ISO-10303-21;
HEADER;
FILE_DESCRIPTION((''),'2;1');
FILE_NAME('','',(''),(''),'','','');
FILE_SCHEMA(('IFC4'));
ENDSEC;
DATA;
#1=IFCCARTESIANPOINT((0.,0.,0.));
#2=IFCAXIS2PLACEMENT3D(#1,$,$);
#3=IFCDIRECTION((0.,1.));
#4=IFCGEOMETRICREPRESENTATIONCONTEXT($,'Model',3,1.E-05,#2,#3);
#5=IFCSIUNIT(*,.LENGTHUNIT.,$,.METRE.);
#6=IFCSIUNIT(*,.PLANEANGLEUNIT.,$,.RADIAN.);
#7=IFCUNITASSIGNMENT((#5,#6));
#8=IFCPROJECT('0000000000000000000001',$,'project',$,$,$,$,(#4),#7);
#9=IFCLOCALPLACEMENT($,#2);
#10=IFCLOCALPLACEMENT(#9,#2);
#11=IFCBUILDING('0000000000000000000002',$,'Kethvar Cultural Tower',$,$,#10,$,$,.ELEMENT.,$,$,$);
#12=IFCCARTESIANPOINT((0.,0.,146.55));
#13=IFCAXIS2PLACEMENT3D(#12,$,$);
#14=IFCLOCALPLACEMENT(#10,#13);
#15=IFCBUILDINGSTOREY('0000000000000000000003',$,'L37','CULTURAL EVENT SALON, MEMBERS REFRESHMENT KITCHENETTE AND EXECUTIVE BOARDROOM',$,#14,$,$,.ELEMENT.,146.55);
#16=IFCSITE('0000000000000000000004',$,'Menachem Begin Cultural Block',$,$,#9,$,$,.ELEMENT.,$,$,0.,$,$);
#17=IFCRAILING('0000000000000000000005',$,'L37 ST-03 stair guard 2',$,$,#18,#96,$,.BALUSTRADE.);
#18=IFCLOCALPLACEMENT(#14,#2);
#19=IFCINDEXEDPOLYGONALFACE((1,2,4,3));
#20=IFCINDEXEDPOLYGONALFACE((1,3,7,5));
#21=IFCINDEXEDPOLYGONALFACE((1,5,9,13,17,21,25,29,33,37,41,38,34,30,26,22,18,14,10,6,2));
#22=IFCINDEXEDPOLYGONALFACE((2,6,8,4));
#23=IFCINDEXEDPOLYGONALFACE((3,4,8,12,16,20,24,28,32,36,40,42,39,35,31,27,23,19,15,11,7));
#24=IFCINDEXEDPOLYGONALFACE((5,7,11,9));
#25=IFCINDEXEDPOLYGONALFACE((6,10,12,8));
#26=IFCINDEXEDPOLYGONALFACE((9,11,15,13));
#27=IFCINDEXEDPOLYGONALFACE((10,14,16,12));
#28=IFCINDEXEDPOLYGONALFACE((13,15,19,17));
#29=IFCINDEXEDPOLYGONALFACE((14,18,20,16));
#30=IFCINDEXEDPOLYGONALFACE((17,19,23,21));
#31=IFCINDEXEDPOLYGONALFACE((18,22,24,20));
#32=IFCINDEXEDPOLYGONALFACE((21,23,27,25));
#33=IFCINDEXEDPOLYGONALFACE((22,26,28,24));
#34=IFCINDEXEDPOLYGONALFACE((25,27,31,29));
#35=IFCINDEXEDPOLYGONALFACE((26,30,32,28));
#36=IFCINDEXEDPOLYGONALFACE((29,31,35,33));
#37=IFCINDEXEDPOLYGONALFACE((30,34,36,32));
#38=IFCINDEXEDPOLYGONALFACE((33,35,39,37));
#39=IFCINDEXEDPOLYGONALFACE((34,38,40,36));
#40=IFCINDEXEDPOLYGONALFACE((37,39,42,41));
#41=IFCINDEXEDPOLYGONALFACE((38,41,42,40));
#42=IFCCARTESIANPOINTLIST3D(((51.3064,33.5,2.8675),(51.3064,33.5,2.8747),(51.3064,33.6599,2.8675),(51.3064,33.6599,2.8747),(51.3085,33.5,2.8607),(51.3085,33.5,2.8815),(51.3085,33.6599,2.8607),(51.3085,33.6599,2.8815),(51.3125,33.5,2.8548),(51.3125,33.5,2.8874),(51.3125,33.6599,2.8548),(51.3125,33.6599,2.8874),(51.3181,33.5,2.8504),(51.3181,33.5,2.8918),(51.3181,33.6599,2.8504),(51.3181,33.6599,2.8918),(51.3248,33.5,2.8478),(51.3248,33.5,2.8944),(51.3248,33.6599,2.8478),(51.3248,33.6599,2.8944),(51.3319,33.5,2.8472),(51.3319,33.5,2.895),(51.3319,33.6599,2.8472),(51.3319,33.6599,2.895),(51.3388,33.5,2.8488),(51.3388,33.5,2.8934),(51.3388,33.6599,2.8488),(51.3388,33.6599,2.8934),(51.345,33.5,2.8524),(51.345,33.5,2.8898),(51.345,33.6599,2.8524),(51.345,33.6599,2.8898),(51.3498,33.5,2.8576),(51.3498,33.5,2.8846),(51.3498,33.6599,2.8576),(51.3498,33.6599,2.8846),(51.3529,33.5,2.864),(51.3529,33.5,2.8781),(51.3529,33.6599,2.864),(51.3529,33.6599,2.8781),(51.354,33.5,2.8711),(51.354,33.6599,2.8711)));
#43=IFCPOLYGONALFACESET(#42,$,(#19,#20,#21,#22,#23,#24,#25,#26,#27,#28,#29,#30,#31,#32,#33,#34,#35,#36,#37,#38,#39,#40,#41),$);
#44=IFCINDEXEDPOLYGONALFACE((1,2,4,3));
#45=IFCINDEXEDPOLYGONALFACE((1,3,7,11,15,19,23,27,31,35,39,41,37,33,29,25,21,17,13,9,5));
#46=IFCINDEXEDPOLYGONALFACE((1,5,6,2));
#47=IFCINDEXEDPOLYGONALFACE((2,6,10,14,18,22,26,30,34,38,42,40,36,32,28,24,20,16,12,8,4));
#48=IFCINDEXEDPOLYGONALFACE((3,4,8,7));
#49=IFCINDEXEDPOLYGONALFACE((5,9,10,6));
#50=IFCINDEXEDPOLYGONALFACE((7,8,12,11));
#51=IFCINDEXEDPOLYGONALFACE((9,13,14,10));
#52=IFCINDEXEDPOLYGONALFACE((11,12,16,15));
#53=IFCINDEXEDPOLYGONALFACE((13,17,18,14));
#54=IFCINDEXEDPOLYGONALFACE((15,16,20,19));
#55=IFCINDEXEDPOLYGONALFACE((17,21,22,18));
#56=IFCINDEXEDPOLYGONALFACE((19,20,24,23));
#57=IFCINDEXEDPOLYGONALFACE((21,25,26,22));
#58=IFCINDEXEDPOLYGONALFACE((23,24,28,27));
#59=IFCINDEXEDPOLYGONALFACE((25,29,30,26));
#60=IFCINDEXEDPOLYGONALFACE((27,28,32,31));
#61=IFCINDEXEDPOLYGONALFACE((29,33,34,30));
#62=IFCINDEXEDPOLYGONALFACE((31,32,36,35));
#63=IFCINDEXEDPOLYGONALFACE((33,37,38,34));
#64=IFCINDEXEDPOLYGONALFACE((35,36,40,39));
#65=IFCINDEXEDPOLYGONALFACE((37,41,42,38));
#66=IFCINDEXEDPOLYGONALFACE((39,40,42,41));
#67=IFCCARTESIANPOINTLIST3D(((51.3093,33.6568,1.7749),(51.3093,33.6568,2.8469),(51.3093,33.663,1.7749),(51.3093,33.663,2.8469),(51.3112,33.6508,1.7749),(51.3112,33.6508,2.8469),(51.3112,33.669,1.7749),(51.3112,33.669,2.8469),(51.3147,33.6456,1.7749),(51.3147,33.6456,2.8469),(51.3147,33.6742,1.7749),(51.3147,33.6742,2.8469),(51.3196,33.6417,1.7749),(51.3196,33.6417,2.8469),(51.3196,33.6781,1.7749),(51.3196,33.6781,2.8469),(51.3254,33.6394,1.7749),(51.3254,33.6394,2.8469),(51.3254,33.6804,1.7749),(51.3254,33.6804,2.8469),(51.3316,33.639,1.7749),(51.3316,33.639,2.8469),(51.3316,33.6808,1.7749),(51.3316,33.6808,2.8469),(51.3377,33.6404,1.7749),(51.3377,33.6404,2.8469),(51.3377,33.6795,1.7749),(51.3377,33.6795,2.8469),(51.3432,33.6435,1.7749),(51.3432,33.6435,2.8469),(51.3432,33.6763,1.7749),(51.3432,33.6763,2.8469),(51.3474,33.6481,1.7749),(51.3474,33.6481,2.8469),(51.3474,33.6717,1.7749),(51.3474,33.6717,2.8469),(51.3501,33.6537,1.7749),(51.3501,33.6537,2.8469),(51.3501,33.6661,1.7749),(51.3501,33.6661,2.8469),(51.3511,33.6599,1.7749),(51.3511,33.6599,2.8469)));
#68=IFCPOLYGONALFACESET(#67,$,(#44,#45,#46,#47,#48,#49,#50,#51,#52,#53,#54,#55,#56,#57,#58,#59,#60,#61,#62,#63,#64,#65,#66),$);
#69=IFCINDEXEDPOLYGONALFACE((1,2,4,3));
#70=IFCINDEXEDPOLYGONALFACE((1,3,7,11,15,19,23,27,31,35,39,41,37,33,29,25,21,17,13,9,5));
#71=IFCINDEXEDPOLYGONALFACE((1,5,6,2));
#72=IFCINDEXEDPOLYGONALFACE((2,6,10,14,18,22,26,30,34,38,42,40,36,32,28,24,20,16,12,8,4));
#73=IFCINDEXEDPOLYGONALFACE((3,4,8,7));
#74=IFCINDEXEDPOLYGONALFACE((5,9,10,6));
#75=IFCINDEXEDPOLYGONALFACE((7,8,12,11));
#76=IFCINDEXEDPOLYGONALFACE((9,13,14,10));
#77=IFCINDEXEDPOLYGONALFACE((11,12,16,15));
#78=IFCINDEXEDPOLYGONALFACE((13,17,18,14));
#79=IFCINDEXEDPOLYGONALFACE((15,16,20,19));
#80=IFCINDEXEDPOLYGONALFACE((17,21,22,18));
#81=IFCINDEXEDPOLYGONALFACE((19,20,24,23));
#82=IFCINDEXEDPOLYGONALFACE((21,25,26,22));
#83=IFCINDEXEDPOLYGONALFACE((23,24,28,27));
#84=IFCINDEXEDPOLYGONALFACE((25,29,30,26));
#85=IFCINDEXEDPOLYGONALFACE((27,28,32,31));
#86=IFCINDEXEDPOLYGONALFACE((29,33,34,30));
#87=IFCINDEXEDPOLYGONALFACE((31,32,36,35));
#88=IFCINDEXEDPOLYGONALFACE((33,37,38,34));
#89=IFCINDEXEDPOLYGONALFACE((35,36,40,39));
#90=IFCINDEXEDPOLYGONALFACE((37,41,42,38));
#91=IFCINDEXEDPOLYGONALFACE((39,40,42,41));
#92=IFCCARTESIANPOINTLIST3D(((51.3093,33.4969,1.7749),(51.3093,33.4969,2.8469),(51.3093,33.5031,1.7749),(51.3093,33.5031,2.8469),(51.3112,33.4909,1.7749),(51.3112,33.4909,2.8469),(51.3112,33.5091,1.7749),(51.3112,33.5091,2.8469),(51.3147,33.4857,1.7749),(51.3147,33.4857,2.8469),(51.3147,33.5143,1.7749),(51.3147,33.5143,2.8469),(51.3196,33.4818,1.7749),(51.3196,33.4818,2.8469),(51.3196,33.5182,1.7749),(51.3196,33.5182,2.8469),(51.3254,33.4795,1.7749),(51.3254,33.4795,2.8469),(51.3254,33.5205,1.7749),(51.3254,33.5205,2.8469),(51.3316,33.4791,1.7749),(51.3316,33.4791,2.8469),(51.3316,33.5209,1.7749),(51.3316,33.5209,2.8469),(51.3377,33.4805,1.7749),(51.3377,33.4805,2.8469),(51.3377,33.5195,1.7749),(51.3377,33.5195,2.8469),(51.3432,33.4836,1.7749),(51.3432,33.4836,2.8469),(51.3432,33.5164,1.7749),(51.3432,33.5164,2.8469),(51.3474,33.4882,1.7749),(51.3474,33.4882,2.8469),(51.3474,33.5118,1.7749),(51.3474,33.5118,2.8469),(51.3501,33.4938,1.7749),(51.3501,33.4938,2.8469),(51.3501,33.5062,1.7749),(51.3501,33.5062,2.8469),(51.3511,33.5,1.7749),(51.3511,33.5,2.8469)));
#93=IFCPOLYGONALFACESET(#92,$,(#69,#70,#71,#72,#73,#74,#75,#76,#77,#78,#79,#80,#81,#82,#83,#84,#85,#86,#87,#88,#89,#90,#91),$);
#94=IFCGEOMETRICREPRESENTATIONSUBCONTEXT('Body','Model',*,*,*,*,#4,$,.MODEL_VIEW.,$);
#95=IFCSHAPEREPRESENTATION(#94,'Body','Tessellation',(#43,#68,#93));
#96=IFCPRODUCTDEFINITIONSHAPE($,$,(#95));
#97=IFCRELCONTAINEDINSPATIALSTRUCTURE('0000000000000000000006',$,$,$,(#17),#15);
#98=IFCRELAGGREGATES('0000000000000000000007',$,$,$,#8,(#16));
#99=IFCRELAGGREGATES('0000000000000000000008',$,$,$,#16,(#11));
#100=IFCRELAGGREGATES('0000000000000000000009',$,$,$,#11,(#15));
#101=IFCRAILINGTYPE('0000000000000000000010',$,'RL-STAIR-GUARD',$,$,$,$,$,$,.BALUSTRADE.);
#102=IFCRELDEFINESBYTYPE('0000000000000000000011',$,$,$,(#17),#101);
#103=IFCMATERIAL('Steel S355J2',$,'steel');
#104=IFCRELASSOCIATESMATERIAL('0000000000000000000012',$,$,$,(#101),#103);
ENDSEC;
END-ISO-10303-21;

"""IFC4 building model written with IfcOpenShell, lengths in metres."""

from ifc_helpers import new_model, si_unit, direction, frame, origin, origin_2d, place, context, subcontext, project, spatial, circle, extrude, material, type_object, element, save


model = new_model("IFC4")

# Units and contexts
model_context = context("Model", 3, precision=1e-05, world=origin(), true_north=direction((0.0, 1.0)))
body_context = subcontext(model_context, "Body", "Model", "MODEL_VIEW")
ifc_project = project(units=[si_unit("LENGTHUNIT", "METRE"), si_unit("PLANEANGLEUNIT", "RADIAN")], contexts=[model_context])

# Site, building, storey
site_placement = place(None, origin())
site = spatial("IfcSite", under=ifc_project, at=site_placement, Name="Menachem Begin Cultural Block", CompositionType="ELEMENT", RefElevation=0.0)
building_placement = place(site_placement, origin())
building = spatial("IfcBuilding", under=site, at=building_placement, Name="Kethvar Cultural Tower", CompositionType="ELEMENT")
storey_placement = place(building_placement, frame((0.0, 0.0, 146.55)))
storey = spatial("IfcBuildingStorey", under=building, at=storey_placement, Name="L37", Description="CULTURAL EVENT SALON, MEMBERS REFRESHMENT KITCHENETTE AND EXECUTIVE BOARDROOM", CompositionType="ELEMENT", Elevation=146.55)

# Shared definitions
ifc_material_1 = material(Name="Steel S355J2", Category="steel")

# Railing
railing_type_1 = type_object("IfcRailingType", Name="RL-STAIR-GUARD", PredefinedType="BALUSTRADE", material=ifc_material_1)
railing_1_placement = place(storey_placement, frame((51.3301, 33.6599, 1.7749)))
element("IfcRailing", 1, at=railing_1_placement, inside=storey, type_object=railing_type_1, Name="L37 ST-03 stair guard 2", PredefinedType="BALUSTRADE", context=body_context, shape_type="SweptSolid", body=[
    extrude(circle(Radius=0.0239, at=origin_2d()), frame((0.0, 0.0, 1.0962), z_axis=(0.0, -1.0, 0.0), x_axis=(1.0, 0.0, 0.0)), (0.0, 0.0, 1.0), 0.1599),
    extrude(circle(Radius=0.021, at=origin_2d()), origin(), (0.0, 0.0, 1.0), 1.072),
    extrude(circle(Radius=0.021, at=origin_2d()), frame((0.0, -0.1599, 0.0)), (0.0, 0.0, 1.0), 1.072),
])

save(model, "model.ifc")
